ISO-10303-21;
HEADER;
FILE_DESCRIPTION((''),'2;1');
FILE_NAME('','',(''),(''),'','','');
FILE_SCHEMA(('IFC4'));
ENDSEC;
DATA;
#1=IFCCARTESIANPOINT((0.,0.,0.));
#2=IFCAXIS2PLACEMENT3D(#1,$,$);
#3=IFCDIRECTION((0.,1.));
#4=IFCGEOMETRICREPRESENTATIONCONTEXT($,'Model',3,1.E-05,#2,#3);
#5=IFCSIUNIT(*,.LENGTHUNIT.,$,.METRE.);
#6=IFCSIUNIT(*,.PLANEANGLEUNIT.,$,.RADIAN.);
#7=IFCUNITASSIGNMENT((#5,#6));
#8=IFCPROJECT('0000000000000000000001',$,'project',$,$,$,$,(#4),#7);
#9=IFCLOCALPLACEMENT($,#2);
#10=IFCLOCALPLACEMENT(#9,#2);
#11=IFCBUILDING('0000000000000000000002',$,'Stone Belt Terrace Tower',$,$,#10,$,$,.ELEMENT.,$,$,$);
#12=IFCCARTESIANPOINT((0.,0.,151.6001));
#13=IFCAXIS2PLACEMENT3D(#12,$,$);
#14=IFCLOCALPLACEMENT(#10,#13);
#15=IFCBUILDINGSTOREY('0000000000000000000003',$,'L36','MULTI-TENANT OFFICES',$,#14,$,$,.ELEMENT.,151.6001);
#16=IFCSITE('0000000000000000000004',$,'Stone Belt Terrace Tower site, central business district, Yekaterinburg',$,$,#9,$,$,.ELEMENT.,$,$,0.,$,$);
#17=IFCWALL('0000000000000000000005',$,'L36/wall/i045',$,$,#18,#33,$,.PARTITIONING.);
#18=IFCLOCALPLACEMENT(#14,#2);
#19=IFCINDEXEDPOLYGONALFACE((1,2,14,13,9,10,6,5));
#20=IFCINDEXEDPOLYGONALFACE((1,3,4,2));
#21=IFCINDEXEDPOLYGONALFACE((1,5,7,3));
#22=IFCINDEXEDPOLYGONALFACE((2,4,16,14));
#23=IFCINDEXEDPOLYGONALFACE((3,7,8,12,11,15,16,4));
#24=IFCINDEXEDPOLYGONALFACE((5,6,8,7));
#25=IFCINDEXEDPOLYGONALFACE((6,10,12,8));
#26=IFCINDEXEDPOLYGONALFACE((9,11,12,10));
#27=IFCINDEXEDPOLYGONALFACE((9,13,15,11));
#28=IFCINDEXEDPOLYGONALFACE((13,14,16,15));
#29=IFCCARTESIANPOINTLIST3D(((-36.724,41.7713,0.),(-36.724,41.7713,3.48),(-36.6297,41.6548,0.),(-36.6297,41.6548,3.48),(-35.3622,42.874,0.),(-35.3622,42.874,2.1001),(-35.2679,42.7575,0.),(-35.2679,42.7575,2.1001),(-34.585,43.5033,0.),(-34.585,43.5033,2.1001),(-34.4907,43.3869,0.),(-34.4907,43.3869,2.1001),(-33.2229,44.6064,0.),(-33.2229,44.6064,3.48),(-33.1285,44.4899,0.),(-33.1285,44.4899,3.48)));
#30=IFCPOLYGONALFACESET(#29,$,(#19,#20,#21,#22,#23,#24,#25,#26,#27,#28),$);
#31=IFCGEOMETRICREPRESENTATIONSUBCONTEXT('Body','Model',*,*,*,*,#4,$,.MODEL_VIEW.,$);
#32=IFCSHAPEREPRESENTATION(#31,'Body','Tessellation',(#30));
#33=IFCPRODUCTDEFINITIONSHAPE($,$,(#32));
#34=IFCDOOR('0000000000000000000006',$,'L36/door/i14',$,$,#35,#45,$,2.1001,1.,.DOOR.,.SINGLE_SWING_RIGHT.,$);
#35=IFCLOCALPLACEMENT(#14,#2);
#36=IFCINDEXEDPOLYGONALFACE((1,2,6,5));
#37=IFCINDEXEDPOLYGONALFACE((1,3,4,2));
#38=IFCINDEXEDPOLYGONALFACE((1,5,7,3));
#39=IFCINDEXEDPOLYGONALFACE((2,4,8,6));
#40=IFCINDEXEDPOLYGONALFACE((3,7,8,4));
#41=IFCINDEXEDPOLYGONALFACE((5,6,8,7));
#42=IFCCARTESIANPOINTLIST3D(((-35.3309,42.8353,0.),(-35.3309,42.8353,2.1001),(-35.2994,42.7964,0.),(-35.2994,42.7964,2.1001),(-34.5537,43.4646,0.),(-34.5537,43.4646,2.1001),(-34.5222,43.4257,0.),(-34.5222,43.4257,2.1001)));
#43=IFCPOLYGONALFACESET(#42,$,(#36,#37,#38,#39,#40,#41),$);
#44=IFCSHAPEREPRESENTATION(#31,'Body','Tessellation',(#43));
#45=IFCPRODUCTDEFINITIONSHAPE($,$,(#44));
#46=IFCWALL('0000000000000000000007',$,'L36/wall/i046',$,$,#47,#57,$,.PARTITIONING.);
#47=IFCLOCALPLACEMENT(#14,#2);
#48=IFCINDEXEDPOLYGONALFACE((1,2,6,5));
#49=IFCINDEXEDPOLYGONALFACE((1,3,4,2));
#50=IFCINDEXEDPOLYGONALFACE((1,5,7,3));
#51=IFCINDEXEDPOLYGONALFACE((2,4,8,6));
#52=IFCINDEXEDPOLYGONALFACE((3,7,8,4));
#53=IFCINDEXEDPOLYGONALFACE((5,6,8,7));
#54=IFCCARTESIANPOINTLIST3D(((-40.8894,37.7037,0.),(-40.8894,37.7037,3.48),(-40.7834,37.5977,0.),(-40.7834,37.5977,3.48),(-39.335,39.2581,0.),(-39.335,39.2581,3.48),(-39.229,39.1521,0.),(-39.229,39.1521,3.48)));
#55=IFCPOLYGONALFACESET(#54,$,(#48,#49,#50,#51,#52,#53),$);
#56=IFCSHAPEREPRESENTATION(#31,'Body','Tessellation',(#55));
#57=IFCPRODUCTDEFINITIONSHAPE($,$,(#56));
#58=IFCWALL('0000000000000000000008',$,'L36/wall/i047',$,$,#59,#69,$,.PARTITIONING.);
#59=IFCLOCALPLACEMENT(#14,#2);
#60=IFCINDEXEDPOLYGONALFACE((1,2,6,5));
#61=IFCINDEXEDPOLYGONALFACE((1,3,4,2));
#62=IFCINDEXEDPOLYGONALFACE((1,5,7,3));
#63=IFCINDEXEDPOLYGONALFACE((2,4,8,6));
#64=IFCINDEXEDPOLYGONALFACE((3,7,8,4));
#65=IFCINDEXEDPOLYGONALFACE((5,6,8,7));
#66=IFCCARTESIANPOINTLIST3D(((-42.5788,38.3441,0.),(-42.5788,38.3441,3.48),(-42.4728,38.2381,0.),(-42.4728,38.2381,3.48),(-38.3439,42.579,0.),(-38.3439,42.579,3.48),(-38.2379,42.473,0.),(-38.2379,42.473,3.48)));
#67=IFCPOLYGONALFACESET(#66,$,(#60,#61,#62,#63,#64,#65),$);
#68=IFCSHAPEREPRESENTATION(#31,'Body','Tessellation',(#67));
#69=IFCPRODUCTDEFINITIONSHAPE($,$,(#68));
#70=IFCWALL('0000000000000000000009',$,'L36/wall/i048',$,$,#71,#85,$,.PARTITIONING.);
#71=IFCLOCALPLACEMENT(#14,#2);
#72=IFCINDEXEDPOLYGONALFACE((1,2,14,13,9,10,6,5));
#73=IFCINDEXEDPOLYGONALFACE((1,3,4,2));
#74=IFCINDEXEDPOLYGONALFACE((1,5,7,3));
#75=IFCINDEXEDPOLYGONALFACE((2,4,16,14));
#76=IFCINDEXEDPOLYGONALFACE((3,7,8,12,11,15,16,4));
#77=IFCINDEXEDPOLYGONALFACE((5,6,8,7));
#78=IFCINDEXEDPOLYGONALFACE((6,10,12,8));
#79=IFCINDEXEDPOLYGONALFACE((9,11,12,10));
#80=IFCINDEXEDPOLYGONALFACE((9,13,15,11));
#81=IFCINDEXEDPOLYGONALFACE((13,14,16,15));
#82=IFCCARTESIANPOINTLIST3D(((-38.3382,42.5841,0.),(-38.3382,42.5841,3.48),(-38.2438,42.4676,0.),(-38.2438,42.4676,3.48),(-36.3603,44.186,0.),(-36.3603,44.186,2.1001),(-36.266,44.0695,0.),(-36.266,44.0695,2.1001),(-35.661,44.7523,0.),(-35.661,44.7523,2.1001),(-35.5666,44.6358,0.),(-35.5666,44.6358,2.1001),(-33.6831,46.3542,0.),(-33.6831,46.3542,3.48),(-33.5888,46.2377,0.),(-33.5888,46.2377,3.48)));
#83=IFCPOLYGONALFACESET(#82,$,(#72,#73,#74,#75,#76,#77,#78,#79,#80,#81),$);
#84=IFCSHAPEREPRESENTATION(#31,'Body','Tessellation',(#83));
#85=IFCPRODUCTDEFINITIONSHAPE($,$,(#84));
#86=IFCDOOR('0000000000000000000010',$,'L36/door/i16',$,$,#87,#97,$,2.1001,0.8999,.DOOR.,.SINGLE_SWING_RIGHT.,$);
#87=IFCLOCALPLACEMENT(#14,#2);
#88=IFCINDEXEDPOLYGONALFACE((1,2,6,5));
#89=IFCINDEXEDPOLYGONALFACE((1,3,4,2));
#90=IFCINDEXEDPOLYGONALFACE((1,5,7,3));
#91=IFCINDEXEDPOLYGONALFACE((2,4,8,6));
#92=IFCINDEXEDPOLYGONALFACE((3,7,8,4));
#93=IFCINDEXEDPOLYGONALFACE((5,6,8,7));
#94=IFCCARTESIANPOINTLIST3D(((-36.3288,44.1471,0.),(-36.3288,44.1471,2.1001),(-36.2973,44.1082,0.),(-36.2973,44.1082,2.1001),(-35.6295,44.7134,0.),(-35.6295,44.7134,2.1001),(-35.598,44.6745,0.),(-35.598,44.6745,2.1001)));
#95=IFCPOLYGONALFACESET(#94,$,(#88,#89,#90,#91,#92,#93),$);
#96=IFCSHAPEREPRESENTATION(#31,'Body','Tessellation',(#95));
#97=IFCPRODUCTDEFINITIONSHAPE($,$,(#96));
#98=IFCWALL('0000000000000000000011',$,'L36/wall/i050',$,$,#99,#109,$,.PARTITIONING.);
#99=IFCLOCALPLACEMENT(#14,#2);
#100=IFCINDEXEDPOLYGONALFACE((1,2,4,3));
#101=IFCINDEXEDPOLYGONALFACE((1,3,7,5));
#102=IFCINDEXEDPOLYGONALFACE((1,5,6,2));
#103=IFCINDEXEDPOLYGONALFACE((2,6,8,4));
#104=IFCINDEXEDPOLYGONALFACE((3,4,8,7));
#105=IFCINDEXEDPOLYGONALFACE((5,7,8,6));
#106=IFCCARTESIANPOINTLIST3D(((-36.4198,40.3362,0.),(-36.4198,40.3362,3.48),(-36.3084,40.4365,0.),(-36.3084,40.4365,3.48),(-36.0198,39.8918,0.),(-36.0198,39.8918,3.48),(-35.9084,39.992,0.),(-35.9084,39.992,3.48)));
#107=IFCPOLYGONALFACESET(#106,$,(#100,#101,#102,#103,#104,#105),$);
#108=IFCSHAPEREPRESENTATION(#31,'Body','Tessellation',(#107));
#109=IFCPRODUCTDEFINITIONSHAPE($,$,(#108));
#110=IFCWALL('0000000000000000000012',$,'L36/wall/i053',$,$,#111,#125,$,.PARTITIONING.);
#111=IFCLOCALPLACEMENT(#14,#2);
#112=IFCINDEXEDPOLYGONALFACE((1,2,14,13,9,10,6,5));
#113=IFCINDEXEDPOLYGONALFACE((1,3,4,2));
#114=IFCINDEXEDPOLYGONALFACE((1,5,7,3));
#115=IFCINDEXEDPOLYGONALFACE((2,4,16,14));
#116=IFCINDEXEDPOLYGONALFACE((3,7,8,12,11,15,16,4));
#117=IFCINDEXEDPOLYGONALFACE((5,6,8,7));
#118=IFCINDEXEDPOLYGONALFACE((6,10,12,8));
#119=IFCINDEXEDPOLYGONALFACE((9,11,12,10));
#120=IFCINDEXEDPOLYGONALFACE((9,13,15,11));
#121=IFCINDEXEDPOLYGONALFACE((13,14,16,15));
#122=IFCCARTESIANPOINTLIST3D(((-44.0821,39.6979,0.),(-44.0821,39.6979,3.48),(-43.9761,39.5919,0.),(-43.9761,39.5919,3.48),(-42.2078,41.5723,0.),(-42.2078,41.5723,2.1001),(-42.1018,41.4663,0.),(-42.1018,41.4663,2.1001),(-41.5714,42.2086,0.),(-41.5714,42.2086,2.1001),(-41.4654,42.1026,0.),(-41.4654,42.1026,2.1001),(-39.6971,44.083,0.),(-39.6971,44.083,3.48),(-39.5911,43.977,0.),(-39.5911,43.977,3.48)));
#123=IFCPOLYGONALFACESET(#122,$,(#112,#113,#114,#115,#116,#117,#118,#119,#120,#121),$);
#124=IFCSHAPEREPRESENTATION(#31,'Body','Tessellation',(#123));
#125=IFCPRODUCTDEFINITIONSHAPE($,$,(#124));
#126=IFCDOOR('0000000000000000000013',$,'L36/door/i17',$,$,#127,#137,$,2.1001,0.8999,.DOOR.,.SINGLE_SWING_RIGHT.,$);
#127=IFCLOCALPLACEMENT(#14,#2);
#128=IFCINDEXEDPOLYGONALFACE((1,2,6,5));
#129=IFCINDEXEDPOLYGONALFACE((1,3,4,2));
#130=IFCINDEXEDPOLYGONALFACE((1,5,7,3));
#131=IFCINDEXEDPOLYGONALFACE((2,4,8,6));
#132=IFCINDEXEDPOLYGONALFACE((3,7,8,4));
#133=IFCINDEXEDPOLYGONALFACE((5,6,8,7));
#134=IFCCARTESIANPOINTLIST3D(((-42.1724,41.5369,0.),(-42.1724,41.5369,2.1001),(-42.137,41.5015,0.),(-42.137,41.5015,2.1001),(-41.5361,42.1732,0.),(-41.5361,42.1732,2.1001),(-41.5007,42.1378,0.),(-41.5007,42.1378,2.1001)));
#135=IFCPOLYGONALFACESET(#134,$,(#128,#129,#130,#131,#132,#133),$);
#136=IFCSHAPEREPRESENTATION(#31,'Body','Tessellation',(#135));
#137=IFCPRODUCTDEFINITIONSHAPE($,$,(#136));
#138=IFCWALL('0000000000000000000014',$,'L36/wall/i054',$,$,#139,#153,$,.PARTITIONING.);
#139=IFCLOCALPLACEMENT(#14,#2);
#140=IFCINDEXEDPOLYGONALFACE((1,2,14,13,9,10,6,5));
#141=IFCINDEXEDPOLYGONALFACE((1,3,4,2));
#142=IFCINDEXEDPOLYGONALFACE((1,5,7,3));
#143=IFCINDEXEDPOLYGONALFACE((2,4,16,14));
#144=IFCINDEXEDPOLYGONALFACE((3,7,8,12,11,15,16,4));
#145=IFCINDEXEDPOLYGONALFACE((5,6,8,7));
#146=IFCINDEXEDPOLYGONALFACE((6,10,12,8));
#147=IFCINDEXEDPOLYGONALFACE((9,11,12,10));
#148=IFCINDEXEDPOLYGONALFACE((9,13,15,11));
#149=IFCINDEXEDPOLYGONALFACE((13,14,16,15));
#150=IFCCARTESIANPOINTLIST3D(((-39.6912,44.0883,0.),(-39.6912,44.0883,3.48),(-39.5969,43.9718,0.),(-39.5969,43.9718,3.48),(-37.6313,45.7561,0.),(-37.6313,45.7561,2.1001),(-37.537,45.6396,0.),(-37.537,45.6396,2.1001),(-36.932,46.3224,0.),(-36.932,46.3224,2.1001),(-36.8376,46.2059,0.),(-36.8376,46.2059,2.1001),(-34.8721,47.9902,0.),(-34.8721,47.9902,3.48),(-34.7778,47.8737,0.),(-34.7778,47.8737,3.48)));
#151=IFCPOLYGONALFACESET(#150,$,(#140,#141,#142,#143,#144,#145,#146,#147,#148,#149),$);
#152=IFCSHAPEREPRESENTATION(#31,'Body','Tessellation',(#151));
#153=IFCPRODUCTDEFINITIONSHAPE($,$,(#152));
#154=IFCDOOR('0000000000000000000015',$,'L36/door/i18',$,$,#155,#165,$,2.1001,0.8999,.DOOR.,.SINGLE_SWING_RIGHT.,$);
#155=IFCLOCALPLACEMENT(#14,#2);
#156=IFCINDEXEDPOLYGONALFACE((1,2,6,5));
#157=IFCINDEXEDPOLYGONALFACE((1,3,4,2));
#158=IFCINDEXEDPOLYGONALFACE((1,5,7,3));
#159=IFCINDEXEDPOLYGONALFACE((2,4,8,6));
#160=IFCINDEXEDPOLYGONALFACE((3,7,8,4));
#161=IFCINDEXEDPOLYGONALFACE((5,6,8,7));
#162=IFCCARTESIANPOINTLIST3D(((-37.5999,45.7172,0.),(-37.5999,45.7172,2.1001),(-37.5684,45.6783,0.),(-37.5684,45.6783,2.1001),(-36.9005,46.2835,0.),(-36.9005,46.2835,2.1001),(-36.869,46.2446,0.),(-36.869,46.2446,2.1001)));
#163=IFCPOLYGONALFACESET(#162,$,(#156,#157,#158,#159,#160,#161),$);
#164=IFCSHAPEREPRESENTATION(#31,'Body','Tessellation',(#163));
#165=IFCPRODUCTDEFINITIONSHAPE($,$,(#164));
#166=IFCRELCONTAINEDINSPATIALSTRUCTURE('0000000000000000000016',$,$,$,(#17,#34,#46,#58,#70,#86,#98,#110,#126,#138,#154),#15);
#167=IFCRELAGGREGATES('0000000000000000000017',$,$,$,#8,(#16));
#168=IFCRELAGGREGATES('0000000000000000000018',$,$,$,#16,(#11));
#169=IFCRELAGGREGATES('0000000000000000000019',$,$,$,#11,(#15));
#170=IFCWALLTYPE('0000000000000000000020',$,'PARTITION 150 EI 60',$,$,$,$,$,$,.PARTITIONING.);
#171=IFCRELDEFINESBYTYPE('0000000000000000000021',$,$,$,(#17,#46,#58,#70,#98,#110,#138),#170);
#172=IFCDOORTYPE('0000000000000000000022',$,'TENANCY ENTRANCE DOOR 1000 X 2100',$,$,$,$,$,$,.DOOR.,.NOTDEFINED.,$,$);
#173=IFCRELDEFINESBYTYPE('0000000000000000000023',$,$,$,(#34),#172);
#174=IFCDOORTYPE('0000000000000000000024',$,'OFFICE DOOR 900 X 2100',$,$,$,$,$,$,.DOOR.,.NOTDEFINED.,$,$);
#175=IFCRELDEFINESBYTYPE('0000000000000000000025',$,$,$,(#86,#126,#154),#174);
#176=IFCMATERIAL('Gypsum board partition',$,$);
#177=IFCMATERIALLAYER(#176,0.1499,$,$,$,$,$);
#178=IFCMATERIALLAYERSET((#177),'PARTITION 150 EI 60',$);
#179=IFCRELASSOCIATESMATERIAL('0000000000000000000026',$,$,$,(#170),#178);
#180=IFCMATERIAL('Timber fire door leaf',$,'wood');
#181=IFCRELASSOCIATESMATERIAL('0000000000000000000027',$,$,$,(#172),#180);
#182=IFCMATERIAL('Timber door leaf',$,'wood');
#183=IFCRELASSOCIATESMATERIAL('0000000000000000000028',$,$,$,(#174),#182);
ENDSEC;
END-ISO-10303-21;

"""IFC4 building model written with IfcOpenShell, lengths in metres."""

from ifc_helpers import new_model, si_unit, direction, frame, frame_2d, origin, place, context, subcontext, project, spatial, rectangle, extrude, material, layer, layer_set, type_object, element, fill, save


model = new_model("IFC4")

# Units and contexts
model_context = context("Model", 3, precision=1e-05, world=origin(), true_north=direction((0.0, 1.0)))
body_context = subcontext(model_context, "Body", "Model", "MODEL_VIEW")
ifc_project = project(units=[si_unit("LENGTHUNIT", "METRE"), si_unit("PLANEANGLEUNIT", "RADIAN")], contexts=[model_context])

# Site, building, storey
site_placement = place(None, origin())
site = spatial("IfcSite", under=ifc_project, at=site_placement, Name="Stone Belt Terrace Tower site, central business district, Yekaterinburg", CompositionType="ELEMENT", RefElevation=0.0)
building_placement = place(site_placement, origin())
building = spatial("IfcBuilding", under=site, at=building_placement, Name="Stone Belt Terrace Tower", CompositionType="ELEMENT")
storey_placement = place(building_placement, frame((0.0, 0.0, 151.6001)))
storey = spatial("IfcBuildingStorey", under=building, at=storey_placement, Name="L36", Description="MULTI-TENANT OFFICES", CompositionType="ELEMENT", Elevation=151.6001)

# Shared definitions
ifc_material_1 = material(Name="Gypsum board partition")
ifc_layer_1 = layer(ifc_material_1, 0.1499)
ifc_layer_set_1 = layer_set([ifc_layer_1], Name="PARTITION 150 EI 60")
wall_type = type_object("IfcWallType", Name="PARTITION 150 EI 60", PredefinedType="PARTITIONING", material=ifc_layer_set_1)

# Wall, opening, door
wall_1_placement = place(storey_placement, frame((-33.1758, 44.5481, 0.0), z_axis=(0.0, 0.0, 1.0), x_axis=(-0.777149, -0.629317, 0.0)))
wall_1 = element("IfcWall", 1, at=wall_1_placement, inside=storey, type_object=wall_type, Name="L36/wall/i045", PredefinedType="PARTITIONING", context=body_context, shape_type="SweptSolid", body=[
    extrude(rectangle(XDim=4.5051, YDim=0.1499, at=frame_2d((2.2524, 0.0))), origin(), (0.0, 0.0, 1.0), 3.48),
])
opening_1_placement = place(wall_1_placement, frame((1.7527, 0.0, 0.0)))
opening_1 = element("IfcOpeningElement", 2, at=opening_1_placement, cuts=wall_1, PredefinedType="OPENING", context=body_context, shape_type="SweptSolid", body=[
    extrude(rectangle(XDim=1.0, YDim=2.1001, at=frame_2d((0.5, 1.05))), frame((0.0, 0.085, 0.0), z_axis=(0.0, -1.0, 0.0), x_axis=(1.0, 0.0, 0.0)), (0.0, 0.0, 1.0), 0.1699),
])
ifc_material_2 = material(Name="Timber fire door leaf", Category="wood")
door_type_1 = type_object("IfcDoorType", Name="TENANCY ENTRANCE DOOR 1000 X 2100", OperationType="NOTDEFINED", PredefinedType="DOOR", material=ifc_material_2)
door_1_placement = place(opening_1_placement, origin())
door_1 = element("IfcDoor", 3, at=door_1_placement, inside=storey, type_object=door_type_1, Name="L36/door/i14", OperationType="SINGLE_SWING_RIGHT", OverallHeight=2.1001, OverallWidth=1.0, PredefinedType="DOOR", context=body_context, shape_type="SweptSolid", body=[
    extrude(rectangle(XDim=1.0, YDim=2.1001, at=frame_2d((0.5, 1.05))), frame((0.0, 0.0249, 0.0), z_axis=(0.0, -1.0, 0.0), x_axis=(1.0, 0.0, 0.0)), (0.0, 0.0, 1.0), 0.05),
])
fill(opening_1, door_1)

# Walls
wall_2_placement = place(storey_placement, frame((-39.282, 39.2051, 0.0), z_axis=(0.0, 0.0, 1.0), x_axis=(-0.707107, -0.707107, 0.0)))
element("IfcWall", 4, at=wall_2_placement, inside=storey, type_object=wall_type, Name="L36/wall/i046", PredefinedType="PARTITIONING", context=body_context, shape_type="SweptSolid", body=[
    extrude(rectangle(XDim=2.1982, YDim=0.1499, at=frame_2d((1.0991, 0.0))), origin(), (0.0, 0.0, 1.0), 3.48),
])
wall_3_placement = place(storey_placement, frame((-42.5259, 38.291, 0.0), z_axis=(0.0, 0.0, 1.0), x_axis=(0.707107, 0.707107, 0.0)))
element("IfcWall", 5, at=wall_3_placement, inside=storey, type_object=wall_type, Name="L36/wall/i047", PredefinedType="PARTITIONING", context=body_context, shape_type="SweptSolid", body=[
    extrude(rectangle(XDim=5.989, YDim=0.1499, at=frame_2d((2.9946, 0.0))), origin(), (0.0, 0.0, 1.0), 3.48),
])

# Wall, opening, door
wall_4_placement = place(storey_placement, frame((-38.291, 42.5259, 0.0), z_axis=(0.0, 0.0, 1.0), x_axis=(0.777109, 0.629366, 0.0)))
wall_4 = element("IfcWall", 6, at=wall_4_placement, inside=storey, type_object=wall_type, Name="L36/wall/i048", PredefinedType="PARTITIONING", context=body_context, shape_type="SweptSolid", body=[
    extrude(rectangle(XDim=5.9902, YDim=0.1499, at=frame_2d((2.9951, 0.0))), origin(), (0.0, 0.0, 1.0), 3.48),
])
opening_2_placement = place(wall_4_placement, frame((2.5452, 0.0, 0.0)))
opening_2 = element("IfcOpeningElement", 7, at=opening_2_placement, cuts=wall_4, PredefinedType="OPENING", context=body_context, shape_type="SweptSolid", body=[
    extrude(rectangle(XDim=0.8999, YDim=2.1001, at=frame_2d((0.45, 1.05))), frame((0.0, 0.085, 0.0), z_axis=(0.0, -1.0, 0.0), x_axis=(1.0, 0.0, 0.0)), (0.0, 0.0, 1.0), 0.1699),
])
ifc_material_3 = material(Name="Timber door leaf", Category="wood")
door_type_2 = type_object("IfcDoorType", Name="OFFICE DOOR 900 X 2100", OperationType="NOTDEFINED", PredefinedType="DOOR", material=ifc_material_3)
door_2_placement = place(opening_2_placement, origin())
door_2 = element("IfcDoor", 8, at=door_2_placement, inside=storey, type_object=door_type_2, Name="L36/door/i16", OperationType="SINGLE_SWING_RIGHT", OverallHeight=2.1001, OverallWidth=0.8999, PredefinedType="DOOR", context=body_context, shape_type="SweptSolid", body=[
    extrude(rectangle(XDim=0.8999, YDim=2.1001, at=frame_2d((0.45, 1.05))), frame((0.0, 0.0249, 0.0), z_axis=(0.0, -1.0, 0.0), x_axis=(1.0, 0.0, 0.0)), (0.0, 0.0, 1.0), 0.05),
])
fill(opening_2, door_2)

# Wall
wall_5_placement = place(storey_placement, frame((-36.364, 40.3862, 0.0), z_axis=(0.0, 0.0, 1.0), x_axis=(0.668965, -0.743294, 0.0)))
element("IfcWall", 9, at=wall_5_placement, inside=storey, type_object=wall_type, Name="L36/wall/i050", PredefinedType="PARTITIONING", context=body_context, shape_type="SweptSolid", body=[
    extrude(rectangle(XDim=0.5979, YDim=0.1499, at=frame_2d((0.2988, 0.0))), origin(), (0.0, 0.0, 1.0), 3.48),
])

# Walls, openings, doors
wall_6_placement = place(storey_placement, frame((-44.0291, 39.645, 0.0), z_axis=(0.0, 0.0, 1.0), x_axis=(0.707107, 0.707107, 0.0)))
wall_6 = element("IfcWall", 10, at=wall_6_placement, inside=storey, type_object=wall_type, Name="L36/wall/i053", PredefinedType="PARTITIONING", context=body_context, shape_type="SweptSolid", body=[
    extrude(rectangle(XDim=6.2014, YDim=0.1499, at=frame_2d((3.1006, 0.0))), origin(), (0.0, 0.0, 1.0), 3.48),
])
opening_3_placement = place(wall_6_placement, frame((2.6506, 0.0, 0.0)))
opening_3 = element("IfcOpeningElement", 11, at=opening_3_placement, cuts=wall_6, PredefinedType="OPENING", context=body_context, shape_type="SweptSolid", body=[
    extrude(rectangle(XDim=0.8999, YDim=2.1001, at=frame_2d((0.45, 1.05))), frame((0.0, 0.085, 0.0), z_axis=(0.0, -1.0, 0.0), x_axis=(1.0, 0.0, 0.0)), (0.0, 0.0, 1.0), 0.1699),
])
door_3_placement = place(opening_3_placement, origin())
door_3 = element("IfcDoor", 12, at=door_3_placement, inside=storey, type_object=door_type_2, Name="L36/door/i17", OperationType="SINGLE_SWING_RIGHT", OverallHeight=2.1001, OverallWidth=0.8999, PredefinedType="DOOR", context=body_context, shape_type="SweptSolid", body=[
    extrude(rectangle(XDim=0.8999, YDim=2.1001, at=frame_2d((0.45, 1.05))), frame((0.0, 0.0249, 0.0), z_axis=(0.0, -1.0, 0.0), x_axis=(1.0, 0.0, 0.0)), (0.0, 0.0, 1.0), 0.05),
])
fill(opening_3, door_3)
wall_7_placement = place(storey_placement, frame((-39.644, 44.03, 0.0), z_axis=(0.0, 0.0, 1.0), x_axis=(0.777191, 0.629265, 0.0)))
wall_7 = element("IfcWall", 13, at=wall_7_placement, inside=storey, type_object=wall_type, Name="L36/wall/i054", PredefinedType="PARTITIONING", context=body_context, shape_type="SweptSolid", body=[
    extrude(rectangle(XDim=6.2007, YDim=0.1499, at=frame_2d((3.1003, 0.0))), origin(), (0.0, 0.0, 1.0), 3.48),
])
opening_4_placement = place(wall_7_placement, frame((2.6504, 0.0, 0.0)))
opening_4 = element("IfcOpeningElement", 14, at=opening_4_placement, cuts=wall_7, PredefinedType="OPENING", context=body_context, shape_type="SweptSolid", body=[
    extrude(rectangle(XDim=0.8999, YDim=2.1001, at=frame_2d((0.45, 1.05))), frame((0.0, 0.085, 0.0), z_axis=(0.0, -1.0, 0.0), x_axis=(1.0, 0.0, 0.0)), (0.0, 0.0, 1.0), 0.1699),
])
door_4_placement = place(opening_4_placement, origin())
door_4 = element("IfcDoor", 15, at=door_4_placement, inside=storey, type_object=door_type_2, Name="L36/door/i18", OperationType="SINGLE_SWING_RIGHT", OverallHeight=2.1001, OverallWidth=0.8999, PredefinedType="DOOR", context=body_context, shape_type="SweptSolid", body=[
    extrude(rectangle(XDim=0.8999, YDim=2.1001, at=frame_2d((0.45, 1.05))), frame((0.0, 0.0249, 0.0), z_axis=(0.0, -1.0, 0.0), x_axis=(1.0, 0.0, 0.0)), (0.0, 0.0, 1.0), 0.05),
])
fill(opening_4, door_4)

save(model, "model.ifc")
